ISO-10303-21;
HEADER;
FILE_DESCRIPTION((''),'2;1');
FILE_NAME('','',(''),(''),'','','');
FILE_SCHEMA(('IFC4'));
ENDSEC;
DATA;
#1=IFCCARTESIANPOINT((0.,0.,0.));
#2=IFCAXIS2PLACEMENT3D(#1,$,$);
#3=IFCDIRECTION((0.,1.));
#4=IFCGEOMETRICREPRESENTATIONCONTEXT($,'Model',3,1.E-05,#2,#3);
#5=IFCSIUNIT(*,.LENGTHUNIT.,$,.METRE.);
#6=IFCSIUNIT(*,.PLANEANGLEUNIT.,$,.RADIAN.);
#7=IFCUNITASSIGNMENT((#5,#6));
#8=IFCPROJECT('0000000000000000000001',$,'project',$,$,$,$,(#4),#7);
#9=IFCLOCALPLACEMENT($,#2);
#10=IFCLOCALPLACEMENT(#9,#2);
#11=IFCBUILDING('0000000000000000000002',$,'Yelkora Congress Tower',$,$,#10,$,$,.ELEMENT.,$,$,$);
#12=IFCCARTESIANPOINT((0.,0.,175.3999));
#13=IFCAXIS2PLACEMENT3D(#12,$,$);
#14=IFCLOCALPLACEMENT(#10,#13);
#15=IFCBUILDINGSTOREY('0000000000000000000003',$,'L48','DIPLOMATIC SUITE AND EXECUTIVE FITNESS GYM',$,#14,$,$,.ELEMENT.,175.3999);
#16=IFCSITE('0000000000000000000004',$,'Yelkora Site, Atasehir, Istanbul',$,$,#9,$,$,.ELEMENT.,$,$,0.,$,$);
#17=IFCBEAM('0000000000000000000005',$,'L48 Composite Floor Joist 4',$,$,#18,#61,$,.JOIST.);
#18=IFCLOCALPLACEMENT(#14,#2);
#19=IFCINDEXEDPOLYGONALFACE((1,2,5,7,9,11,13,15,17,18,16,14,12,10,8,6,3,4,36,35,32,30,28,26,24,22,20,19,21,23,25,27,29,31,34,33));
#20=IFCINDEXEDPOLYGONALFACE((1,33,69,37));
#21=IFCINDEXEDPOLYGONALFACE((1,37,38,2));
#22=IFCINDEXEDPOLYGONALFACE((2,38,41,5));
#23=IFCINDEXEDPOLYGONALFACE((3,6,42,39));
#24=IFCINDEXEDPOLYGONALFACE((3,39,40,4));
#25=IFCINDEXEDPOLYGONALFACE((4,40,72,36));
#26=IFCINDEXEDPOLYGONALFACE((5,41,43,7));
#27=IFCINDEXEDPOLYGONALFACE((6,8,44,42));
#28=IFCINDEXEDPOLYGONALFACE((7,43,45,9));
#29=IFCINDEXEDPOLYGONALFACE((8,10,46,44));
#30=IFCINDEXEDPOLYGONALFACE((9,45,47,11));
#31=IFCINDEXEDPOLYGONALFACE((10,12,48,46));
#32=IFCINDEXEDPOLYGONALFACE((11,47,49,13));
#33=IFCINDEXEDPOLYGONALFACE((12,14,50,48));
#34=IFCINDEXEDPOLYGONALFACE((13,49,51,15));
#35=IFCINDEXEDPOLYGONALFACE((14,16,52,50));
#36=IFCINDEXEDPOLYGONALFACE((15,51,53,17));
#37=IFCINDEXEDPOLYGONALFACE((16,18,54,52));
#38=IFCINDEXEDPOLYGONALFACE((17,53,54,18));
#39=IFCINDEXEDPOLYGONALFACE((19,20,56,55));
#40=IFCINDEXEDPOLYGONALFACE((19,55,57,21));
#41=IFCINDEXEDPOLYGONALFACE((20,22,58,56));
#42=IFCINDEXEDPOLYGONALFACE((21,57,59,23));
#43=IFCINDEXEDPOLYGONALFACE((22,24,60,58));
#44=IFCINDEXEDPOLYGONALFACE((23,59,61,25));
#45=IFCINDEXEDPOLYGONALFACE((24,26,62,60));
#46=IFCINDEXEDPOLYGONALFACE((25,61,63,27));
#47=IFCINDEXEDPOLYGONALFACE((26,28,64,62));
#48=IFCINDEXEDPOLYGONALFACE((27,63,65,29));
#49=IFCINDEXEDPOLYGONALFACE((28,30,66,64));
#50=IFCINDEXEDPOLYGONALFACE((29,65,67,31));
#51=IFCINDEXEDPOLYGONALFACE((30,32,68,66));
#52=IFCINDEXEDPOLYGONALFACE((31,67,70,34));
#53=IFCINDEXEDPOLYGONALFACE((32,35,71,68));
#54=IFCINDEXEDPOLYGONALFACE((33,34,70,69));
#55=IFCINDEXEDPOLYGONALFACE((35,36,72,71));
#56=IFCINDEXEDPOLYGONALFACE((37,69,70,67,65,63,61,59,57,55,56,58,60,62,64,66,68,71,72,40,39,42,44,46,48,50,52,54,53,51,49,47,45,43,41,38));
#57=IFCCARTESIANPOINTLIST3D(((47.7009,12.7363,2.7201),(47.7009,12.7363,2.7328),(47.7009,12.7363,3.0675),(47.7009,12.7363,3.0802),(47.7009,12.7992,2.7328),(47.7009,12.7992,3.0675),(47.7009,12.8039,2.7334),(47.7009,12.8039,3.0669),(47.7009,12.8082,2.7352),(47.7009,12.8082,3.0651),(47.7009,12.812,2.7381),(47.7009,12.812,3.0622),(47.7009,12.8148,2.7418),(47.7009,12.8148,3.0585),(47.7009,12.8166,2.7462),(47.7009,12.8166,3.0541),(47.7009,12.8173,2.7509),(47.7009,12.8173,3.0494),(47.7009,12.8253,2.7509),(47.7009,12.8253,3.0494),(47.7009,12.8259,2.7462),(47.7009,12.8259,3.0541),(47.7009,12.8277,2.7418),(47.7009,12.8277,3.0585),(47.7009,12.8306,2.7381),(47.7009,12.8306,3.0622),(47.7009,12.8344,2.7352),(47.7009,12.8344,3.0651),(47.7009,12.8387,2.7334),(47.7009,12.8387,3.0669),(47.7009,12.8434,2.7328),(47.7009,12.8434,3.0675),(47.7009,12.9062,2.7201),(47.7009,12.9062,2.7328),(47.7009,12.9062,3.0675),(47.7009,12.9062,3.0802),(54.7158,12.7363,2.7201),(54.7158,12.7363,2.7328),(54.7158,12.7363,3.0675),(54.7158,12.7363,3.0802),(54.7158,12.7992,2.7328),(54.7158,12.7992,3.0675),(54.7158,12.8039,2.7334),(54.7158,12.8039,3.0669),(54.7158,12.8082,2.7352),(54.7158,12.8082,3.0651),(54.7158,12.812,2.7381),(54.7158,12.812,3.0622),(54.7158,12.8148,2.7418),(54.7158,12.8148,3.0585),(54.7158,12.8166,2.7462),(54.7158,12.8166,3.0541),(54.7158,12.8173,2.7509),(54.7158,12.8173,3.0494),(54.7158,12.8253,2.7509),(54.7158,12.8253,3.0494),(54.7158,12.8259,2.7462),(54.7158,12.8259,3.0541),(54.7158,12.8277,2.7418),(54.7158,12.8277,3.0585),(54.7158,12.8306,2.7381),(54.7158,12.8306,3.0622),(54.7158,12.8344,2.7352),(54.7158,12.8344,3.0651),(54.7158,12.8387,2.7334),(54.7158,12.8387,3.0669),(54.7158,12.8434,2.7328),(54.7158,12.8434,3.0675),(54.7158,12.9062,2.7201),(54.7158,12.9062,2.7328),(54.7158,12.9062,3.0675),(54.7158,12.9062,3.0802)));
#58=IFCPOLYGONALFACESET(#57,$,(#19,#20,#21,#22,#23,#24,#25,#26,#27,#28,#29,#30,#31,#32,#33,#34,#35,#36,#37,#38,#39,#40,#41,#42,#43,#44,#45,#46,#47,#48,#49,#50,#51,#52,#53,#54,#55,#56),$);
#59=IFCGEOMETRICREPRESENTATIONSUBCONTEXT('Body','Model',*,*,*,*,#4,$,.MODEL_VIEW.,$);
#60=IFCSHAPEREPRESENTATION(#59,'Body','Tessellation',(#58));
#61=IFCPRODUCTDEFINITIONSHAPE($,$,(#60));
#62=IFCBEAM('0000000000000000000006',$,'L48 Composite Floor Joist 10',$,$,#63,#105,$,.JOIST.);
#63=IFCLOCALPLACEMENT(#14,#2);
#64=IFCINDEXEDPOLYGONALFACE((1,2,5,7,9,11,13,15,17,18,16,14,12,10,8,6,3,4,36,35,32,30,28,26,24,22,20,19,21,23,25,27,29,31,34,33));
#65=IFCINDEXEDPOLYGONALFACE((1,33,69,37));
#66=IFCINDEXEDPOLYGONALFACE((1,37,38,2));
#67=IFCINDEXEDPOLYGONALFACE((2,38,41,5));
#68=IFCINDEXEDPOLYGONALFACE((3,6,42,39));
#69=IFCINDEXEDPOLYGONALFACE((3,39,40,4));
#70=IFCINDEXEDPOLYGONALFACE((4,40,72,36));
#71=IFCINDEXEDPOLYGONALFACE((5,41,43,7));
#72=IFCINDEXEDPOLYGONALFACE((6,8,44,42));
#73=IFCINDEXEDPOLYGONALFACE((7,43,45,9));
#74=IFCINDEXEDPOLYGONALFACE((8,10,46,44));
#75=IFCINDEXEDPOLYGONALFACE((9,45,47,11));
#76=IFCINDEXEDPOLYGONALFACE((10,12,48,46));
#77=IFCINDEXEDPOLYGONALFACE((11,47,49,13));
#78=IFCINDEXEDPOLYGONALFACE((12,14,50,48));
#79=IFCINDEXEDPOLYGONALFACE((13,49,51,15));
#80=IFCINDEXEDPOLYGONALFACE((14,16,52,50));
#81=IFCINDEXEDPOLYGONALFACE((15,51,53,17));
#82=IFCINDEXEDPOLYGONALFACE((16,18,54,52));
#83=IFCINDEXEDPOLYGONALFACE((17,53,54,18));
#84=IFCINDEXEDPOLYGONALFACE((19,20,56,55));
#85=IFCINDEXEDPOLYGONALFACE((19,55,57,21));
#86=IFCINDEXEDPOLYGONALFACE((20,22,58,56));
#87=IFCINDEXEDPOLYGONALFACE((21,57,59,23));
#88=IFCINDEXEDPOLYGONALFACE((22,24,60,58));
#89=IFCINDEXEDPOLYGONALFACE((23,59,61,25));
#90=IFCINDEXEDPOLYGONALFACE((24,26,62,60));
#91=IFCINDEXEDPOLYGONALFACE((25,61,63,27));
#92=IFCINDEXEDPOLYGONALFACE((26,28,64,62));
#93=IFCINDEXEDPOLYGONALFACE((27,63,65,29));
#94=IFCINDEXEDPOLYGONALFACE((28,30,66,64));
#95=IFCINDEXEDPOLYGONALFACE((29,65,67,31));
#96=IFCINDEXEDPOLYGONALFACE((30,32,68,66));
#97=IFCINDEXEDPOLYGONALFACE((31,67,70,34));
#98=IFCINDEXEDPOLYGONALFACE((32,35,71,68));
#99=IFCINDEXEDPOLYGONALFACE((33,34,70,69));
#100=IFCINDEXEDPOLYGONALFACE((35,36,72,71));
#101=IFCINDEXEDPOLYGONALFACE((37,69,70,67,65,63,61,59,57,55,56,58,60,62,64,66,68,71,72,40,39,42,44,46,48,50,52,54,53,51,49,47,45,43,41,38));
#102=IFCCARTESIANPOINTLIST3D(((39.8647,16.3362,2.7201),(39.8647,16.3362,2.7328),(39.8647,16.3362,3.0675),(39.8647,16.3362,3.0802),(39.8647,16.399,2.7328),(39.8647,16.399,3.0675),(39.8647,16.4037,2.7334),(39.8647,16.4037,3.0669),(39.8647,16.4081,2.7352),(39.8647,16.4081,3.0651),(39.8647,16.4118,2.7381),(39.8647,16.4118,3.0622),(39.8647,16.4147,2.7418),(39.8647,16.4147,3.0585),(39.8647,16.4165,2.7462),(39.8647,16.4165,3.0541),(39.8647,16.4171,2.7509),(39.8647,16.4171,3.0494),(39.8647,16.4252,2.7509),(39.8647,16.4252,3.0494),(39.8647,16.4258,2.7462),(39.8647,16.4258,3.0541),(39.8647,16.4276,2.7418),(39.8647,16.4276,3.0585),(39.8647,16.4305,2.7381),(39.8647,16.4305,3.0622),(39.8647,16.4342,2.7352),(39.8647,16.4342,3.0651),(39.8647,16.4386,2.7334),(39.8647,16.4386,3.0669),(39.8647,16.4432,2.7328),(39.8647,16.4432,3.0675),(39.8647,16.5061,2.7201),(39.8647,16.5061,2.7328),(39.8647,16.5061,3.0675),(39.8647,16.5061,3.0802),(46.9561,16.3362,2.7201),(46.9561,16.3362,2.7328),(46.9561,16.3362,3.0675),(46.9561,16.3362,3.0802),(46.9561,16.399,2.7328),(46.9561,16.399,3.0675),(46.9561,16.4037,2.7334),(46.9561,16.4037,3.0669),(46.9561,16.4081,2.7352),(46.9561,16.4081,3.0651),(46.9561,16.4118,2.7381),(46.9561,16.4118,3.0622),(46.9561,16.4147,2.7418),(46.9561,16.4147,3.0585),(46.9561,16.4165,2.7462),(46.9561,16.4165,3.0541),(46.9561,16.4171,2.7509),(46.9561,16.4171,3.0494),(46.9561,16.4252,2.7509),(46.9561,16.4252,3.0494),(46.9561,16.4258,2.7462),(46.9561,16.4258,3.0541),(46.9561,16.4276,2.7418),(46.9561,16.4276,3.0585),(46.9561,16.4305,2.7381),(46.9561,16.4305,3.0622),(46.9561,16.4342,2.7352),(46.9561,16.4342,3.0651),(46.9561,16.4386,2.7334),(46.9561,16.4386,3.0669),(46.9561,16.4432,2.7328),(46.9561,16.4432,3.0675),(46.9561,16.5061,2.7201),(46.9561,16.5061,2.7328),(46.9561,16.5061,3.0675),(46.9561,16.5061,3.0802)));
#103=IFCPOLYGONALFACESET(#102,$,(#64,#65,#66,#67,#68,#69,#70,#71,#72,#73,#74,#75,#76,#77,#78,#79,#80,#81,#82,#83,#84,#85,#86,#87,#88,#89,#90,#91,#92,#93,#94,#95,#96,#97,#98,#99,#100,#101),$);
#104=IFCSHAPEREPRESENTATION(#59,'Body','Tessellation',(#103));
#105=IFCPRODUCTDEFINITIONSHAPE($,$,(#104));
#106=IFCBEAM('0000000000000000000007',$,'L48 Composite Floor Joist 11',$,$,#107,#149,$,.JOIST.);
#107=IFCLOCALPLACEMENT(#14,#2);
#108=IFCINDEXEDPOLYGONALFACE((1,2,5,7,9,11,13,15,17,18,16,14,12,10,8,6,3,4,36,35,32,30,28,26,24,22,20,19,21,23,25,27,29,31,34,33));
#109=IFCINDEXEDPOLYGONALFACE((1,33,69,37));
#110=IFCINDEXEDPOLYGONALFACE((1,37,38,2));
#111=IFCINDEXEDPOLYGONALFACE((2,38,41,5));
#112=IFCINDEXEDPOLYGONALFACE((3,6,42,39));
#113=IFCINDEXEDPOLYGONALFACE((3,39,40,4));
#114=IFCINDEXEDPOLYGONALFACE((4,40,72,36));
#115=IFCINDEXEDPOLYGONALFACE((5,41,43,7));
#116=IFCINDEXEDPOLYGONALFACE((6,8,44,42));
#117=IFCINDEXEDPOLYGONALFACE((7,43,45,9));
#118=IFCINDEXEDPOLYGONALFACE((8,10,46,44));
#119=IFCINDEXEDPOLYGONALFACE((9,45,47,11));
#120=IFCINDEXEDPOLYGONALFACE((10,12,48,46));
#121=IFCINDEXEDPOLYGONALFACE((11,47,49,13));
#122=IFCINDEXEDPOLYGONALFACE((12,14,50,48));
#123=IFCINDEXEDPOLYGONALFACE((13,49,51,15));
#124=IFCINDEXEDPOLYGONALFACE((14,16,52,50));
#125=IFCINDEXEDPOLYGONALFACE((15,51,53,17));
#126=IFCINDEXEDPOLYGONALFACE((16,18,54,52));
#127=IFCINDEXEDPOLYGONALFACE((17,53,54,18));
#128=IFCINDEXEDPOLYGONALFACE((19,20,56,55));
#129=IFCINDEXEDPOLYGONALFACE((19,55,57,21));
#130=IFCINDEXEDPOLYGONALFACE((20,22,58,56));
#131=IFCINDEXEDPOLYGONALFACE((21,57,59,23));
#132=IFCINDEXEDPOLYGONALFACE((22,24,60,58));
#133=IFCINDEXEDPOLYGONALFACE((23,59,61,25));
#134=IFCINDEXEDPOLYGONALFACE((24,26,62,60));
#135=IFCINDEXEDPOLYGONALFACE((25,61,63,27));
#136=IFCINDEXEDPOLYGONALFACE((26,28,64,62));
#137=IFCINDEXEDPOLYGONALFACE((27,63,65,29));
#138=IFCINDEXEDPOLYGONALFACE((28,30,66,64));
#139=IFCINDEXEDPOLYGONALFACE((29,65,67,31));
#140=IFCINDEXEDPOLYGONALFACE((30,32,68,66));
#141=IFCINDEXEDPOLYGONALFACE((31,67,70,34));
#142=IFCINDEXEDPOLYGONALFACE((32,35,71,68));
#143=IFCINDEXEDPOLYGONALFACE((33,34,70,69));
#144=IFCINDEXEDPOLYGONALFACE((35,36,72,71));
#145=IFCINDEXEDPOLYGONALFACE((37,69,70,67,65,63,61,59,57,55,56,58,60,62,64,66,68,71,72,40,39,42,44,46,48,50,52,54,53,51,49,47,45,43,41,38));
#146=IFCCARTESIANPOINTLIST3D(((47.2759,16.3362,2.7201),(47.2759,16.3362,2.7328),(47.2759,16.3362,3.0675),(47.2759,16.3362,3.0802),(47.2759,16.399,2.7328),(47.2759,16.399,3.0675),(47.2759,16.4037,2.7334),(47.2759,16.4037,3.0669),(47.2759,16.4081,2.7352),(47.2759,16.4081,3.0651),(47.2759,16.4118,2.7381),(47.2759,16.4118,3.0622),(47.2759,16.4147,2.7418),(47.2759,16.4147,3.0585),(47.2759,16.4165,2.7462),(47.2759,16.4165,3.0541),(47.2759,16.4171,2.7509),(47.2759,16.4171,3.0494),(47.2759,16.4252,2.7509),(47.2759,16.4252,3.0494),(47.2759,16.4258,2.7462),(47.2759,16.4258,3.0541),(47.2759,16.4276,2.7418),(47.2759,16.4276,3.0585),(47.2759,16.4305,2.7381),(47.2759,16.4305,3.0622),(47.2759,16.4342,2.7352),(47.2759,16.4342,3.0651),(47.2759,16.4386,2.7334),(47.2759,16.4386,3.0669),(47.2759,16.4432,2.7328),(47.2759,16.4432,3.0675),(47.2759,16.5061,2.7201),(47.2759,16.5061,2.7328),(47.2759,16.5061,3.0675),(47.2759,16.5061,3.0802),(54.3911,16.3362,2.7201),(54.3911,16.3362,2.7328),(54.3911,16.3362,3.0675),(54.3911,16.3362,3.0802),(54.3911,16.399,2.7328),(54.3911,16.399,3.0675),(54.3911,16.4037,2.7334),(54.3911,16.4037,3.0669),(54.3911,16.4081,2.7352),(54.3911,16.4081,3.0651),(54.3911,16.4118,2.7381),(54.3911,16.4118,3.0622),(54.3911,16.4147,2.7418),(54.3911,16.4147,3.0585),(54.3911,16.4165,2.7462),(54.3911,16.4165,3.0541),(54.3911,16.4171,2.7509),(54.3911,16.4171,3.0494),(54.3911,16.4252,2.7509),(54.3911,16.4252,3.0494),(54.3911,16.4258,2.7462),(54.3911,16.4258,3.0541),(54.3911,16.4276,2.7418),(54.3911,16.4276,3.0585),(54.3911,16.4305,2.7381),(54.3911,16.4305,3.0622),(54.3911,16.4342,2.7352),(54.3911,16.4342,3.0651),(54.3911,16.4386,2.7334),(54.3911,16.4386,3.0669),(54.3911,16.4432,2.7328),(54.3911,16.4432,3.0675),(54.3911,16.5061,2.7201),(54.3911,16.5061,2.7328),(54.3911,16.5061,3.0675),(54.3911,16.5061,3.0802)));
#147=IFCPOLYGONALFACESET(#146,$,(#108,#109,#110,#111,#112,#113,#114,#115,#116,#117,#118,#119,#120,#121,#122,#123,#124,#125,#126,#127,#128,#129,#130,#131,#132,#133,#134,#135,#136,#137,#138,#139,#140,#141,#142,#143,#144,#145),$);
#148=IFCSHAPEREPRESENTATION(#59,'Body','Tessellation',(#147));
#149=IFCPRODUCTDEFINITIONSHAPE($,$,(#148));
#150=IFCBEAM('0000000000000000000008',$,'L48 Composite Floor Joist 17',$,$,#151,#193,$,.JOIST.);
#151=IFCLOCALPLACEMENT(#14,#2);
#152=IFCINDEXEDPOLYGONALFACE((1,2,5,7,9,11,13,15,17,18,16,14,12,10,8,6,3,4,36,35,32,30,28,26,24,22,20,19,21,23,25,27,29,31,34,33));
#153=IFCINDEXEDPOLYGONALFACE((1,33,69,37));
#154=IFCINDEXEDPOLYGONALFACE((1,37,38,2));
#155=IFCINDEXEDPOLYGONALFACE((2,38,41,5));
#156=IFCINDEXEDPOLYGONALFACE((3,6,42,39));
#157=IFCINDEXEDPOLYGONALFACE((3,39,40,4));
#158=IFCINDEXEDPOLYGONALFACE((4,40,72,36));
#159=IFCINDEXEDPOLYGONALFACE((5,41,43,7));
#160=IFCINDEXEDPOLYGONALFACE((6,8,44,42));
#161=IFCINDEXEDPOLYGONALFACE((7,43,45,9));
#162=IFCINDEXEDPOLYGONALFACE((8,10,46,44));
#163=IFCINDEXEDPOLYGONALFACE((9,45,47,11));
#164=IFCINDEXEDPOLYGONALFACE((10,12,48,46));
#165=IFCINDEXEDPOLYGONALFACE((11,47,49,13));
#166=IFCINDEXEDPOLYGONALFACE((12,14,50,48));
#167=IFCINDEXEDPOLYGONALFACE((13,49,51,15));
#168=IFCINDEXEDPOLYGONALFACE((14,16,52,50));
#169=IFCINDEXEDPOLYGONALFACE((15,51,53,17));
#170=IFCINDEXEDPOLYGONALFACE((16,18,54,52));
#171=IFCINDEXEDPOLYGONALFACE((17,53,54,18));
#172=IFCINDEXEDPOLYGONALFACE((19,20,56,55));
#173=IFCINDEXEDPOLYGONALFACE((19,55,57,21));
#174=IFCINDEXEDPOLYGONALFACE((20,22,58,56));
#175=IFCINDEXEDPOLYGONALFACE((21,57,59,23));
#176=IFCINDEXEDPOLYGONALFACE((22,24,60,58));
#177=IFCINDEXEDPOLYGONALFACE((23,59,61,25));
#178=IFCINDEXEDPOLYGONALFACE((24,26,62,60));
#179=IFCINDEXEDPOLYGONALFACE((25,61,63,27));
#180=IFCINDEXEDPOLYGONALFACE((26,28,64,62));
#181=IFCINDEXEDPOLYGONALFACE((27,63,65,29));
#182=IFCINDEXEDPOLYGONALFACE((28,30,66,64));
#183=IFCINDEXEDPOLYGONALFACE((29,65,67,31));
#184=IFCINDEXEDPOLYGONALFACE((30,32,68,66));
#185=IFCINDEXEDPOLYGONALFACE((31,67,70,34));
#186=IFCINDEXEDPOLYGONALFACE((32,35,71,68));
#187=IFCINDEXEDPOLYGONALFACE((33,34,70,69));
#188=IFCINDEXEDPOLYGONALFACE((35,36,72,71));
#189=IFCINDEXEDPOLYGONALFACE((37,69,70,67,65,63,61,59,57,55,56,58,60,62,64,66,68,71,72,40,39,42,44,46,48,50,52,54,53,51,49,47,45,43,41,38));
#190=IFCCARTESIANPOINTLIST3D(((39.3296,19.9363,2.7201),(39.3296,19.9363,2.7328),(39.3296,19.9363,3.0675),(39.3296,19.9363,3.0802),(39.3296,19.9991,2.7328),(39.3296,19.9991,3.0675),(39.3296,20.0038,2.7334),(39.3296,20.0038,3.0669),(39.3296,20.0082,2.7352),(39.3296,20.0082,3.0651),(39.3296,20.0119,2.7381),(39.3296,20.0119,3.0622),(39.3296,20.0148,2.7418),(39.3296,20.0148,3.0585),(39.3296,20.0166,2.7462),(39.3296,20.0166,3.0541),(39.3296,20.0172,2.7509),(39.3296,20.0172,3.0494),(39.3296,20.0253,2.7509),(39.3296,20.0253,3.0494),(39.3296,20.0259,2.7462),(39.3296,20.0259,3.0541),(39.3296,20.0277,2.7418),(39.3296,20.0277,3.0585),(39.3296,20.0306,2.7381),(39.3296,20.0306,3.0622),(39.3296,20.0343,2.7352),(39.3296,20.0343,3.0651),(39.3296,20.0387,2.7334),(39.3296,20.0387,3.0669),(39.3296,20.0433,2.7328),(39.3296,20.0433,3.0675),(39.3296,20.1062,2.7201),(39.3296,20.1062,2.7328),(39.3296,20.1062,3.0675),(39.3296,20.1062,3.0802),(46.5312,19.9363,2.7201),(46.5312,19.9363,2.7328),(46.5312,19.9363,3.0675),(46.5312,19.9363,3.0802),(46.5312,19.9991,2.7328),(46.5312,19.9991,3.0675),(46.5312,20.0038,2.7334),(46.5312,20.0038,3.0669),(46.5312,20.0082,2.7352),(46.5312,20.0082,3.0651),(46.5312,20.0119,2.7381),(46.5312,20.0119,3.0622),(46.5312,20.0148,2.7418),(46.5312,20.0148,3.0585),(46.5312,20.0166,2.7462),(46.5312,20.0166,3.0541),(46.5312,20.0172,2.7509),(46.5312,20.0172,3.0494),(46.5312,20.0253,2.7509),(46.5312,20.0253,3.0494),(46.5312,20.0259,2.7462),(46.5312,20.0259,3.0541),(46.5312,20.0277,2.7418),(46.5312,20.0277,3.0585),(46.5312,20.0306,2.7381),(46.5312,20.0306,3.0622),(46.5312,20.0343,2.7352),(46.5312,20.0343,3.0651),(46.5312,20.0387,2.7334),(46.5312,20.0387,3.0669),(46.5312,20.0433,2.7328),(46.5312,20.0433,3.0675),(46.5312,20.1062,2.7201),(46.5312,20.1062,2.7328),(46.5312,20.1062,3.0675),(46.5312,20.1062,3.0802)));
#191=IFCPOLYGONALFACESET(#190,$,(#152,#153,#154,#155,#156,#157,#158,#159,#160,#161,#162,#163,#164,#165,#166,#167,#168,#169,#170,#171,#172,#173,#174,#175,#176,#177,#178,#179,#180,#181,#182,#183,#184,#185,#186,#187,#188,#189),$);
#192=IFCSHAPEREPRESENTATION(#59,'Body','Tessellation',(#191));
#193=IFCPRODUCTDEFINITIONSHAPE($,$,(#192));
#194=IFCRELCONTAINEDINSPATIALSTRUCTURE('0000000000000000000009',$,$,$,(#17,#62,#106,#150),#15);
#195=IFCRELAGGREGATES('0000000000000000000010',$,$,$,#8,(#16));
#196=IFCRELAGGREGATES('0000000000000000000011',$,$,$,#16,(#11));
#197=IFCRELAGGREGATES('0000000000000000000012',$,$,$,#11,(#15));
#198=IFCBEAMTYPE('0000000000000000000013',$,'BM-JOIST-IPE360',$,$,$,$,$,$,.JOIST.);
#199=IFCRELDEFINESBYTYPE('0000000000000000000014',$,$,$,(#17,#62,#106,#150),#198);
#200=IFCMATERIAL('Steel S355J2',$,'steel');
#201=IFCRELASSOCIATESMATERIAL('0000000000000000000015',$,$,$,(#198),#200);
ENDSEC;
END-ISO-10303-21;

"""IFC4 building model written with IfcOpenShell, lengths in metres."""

from ifc_helpers import new_model, si_unit, direction, frame, origin, origin_2d, place, context, subcontext, project, spatial, i_section, extrude, material, material_profile, profile_set, type_object, element, save


model = new_model("IFC4")

# Units and contexts
model_context = context("Model", 3, precision=1e-05, world=origin(), true_north=direction((0.0, 1.0)))
body_context = subcontext(model_context, "Body", "Model", "MODEL_VIEW")
ifc_project = project(units=[si_unit("LENGTHUNIT", "METRE"), si_unit("PLANEANGLEUNIT", "RADIAN")], contexts=[model_context])

# Site, building, storey
site_placement = place(None, origin())
site = spatial("IfcSite", under=ifc_project, at=site_placement, Name="Yelkora Site, Atasehir, Istanbul", CompositionType="ELEMENT", RefElevation=0.0)
building_placement = place(site_placement, origin())
building = spatial("IfcBuilding", under=site, at=building_placement, Name="Yelkora Congress Tower", CompositionType="ELEMENT")
storey_placement = place(building_placement, frame((0.0, 0.0, 175.3999)))
storey = spatial("IfcBuildingStorey", under=building, at=storey_placement, Name="L48", Description="DIPLOMATIC SUITE AND EXECUTIVE FITNESS GYM", CompositionType="ELEMENT", Elevation=175.3999)

# Beams
ifc_material_1 = material(Name="Steel S355J2", Category="steel")
ifc_material_profile_1 = material_profile(ifc_material_1, i_section(OverallWidth=0.1699, OverallDepth=0.3601, WebThickness=0.0081, FlangeThickness=0.0127, FilletRadius=0.0181, at=origin_2d()), Name="IPE 360")
ifc_profile_set_1 = profile_set([ifc_material_profile_1], Name="Steel S355J2")
beam_type_1 = type_object("IfcBeamType", Name="BM-JOIST-IPE360", PredefinedType="JOIST", material=ifc_profile_set_1)
beam_1_placement = place(storey_placement, frame((47.7009, 12.8213, 2.9001), z_axis=(1.0, 0.0, 0.0), x_axis=(0.0, 1.0, 0.0)))
element("IfcBeam", 1, at=beam_1_placement, inside=storey, type_object=beam_type_1, Name="L48 Composite Floor Joist 4", PredefinedType="JOIST", context=body_context, shape_type="SweptSolid", body=[
    extrude(i_section(OverallWidth=0.1699, OverallDepth=0.3601, WebThickness=0.0081, FlangeThickness=0.0127, FilletRadius=0.0181, at=origin_2d()), origin(), (0.0, 0.0, 1.0), 7.0149),
])
beam_2_placement = place(storey_placement, frame((39.8647, 16.4211, 2.9001), z_axis=(1.0, 0.0, 0.0), x_axis=(0.0, 1.0, 0.0)))
element("IfcBeam", 2, at=beam_2_placement, inside=storey, type_object=beam_type_1, Name="L48 Composite Floor Joist 10", PredefinedType="JOIST", context=body_context, shape_type="SweptSolid", body=[
    extrude(i_section(OverallWidth=0.1699, OverallDepth=0.3601, WebThickness=0.0081, FlangeThickness=0.0127, FilletRadius=0.0181, at=origin_2d()), origin(), (0.0, 0.0, 1.0), 7.0913),
])
beam_3_placement = place(storey_placement, frame((47.2759, 16.4211, 2.9001), z_axis=(1.0, 0.0, 0.0), x_axis=(0.0, 1.0, 0.0)))
element("IfcBeam", 3, at=beam_3_placement, inside=storey, type_object=beam_type_1, Name="L48 Composite Floor Joist 11", PredefinedType="JOIST", context=body_context, shape_type="SweptSolid", body=[
    extrude(i_section(OverallWidth=0.1699, OverallDepth=0.3601, WebThickness=0.0081, FlangeThickness=0.0127, FilletRadius=0.0181, at=origin_2d()), origin(), (0.0, 0.0, 1.0), 7.1152),
])
beam_4_placement = place(storey_placement, frame((39.3296, 20.0212, 2.9001), z_axis=(1.0, 0.0, 0.0), x_axis=(0.0, 1.0, 0.0)))
element("IfcBeam", 4, at=beam_4_placement, inside=storey, type_object=beam_type_1, Name="L48 Composite Floor Joist 17", PredefinedType="JOIST", context=body_context, shape_type="SweptSolid", body=[
    extrude(i_section(OverallWidth=0.1699, OverallDepth=0.3601, WebThickness=0.0081, FlangeThickness=0.0127, FilletRadius=0.0181, at=origin_2d()), origin(), (0.0, 0.0, 1.0), 7.2017),
])

save(model, "model.ifc")
